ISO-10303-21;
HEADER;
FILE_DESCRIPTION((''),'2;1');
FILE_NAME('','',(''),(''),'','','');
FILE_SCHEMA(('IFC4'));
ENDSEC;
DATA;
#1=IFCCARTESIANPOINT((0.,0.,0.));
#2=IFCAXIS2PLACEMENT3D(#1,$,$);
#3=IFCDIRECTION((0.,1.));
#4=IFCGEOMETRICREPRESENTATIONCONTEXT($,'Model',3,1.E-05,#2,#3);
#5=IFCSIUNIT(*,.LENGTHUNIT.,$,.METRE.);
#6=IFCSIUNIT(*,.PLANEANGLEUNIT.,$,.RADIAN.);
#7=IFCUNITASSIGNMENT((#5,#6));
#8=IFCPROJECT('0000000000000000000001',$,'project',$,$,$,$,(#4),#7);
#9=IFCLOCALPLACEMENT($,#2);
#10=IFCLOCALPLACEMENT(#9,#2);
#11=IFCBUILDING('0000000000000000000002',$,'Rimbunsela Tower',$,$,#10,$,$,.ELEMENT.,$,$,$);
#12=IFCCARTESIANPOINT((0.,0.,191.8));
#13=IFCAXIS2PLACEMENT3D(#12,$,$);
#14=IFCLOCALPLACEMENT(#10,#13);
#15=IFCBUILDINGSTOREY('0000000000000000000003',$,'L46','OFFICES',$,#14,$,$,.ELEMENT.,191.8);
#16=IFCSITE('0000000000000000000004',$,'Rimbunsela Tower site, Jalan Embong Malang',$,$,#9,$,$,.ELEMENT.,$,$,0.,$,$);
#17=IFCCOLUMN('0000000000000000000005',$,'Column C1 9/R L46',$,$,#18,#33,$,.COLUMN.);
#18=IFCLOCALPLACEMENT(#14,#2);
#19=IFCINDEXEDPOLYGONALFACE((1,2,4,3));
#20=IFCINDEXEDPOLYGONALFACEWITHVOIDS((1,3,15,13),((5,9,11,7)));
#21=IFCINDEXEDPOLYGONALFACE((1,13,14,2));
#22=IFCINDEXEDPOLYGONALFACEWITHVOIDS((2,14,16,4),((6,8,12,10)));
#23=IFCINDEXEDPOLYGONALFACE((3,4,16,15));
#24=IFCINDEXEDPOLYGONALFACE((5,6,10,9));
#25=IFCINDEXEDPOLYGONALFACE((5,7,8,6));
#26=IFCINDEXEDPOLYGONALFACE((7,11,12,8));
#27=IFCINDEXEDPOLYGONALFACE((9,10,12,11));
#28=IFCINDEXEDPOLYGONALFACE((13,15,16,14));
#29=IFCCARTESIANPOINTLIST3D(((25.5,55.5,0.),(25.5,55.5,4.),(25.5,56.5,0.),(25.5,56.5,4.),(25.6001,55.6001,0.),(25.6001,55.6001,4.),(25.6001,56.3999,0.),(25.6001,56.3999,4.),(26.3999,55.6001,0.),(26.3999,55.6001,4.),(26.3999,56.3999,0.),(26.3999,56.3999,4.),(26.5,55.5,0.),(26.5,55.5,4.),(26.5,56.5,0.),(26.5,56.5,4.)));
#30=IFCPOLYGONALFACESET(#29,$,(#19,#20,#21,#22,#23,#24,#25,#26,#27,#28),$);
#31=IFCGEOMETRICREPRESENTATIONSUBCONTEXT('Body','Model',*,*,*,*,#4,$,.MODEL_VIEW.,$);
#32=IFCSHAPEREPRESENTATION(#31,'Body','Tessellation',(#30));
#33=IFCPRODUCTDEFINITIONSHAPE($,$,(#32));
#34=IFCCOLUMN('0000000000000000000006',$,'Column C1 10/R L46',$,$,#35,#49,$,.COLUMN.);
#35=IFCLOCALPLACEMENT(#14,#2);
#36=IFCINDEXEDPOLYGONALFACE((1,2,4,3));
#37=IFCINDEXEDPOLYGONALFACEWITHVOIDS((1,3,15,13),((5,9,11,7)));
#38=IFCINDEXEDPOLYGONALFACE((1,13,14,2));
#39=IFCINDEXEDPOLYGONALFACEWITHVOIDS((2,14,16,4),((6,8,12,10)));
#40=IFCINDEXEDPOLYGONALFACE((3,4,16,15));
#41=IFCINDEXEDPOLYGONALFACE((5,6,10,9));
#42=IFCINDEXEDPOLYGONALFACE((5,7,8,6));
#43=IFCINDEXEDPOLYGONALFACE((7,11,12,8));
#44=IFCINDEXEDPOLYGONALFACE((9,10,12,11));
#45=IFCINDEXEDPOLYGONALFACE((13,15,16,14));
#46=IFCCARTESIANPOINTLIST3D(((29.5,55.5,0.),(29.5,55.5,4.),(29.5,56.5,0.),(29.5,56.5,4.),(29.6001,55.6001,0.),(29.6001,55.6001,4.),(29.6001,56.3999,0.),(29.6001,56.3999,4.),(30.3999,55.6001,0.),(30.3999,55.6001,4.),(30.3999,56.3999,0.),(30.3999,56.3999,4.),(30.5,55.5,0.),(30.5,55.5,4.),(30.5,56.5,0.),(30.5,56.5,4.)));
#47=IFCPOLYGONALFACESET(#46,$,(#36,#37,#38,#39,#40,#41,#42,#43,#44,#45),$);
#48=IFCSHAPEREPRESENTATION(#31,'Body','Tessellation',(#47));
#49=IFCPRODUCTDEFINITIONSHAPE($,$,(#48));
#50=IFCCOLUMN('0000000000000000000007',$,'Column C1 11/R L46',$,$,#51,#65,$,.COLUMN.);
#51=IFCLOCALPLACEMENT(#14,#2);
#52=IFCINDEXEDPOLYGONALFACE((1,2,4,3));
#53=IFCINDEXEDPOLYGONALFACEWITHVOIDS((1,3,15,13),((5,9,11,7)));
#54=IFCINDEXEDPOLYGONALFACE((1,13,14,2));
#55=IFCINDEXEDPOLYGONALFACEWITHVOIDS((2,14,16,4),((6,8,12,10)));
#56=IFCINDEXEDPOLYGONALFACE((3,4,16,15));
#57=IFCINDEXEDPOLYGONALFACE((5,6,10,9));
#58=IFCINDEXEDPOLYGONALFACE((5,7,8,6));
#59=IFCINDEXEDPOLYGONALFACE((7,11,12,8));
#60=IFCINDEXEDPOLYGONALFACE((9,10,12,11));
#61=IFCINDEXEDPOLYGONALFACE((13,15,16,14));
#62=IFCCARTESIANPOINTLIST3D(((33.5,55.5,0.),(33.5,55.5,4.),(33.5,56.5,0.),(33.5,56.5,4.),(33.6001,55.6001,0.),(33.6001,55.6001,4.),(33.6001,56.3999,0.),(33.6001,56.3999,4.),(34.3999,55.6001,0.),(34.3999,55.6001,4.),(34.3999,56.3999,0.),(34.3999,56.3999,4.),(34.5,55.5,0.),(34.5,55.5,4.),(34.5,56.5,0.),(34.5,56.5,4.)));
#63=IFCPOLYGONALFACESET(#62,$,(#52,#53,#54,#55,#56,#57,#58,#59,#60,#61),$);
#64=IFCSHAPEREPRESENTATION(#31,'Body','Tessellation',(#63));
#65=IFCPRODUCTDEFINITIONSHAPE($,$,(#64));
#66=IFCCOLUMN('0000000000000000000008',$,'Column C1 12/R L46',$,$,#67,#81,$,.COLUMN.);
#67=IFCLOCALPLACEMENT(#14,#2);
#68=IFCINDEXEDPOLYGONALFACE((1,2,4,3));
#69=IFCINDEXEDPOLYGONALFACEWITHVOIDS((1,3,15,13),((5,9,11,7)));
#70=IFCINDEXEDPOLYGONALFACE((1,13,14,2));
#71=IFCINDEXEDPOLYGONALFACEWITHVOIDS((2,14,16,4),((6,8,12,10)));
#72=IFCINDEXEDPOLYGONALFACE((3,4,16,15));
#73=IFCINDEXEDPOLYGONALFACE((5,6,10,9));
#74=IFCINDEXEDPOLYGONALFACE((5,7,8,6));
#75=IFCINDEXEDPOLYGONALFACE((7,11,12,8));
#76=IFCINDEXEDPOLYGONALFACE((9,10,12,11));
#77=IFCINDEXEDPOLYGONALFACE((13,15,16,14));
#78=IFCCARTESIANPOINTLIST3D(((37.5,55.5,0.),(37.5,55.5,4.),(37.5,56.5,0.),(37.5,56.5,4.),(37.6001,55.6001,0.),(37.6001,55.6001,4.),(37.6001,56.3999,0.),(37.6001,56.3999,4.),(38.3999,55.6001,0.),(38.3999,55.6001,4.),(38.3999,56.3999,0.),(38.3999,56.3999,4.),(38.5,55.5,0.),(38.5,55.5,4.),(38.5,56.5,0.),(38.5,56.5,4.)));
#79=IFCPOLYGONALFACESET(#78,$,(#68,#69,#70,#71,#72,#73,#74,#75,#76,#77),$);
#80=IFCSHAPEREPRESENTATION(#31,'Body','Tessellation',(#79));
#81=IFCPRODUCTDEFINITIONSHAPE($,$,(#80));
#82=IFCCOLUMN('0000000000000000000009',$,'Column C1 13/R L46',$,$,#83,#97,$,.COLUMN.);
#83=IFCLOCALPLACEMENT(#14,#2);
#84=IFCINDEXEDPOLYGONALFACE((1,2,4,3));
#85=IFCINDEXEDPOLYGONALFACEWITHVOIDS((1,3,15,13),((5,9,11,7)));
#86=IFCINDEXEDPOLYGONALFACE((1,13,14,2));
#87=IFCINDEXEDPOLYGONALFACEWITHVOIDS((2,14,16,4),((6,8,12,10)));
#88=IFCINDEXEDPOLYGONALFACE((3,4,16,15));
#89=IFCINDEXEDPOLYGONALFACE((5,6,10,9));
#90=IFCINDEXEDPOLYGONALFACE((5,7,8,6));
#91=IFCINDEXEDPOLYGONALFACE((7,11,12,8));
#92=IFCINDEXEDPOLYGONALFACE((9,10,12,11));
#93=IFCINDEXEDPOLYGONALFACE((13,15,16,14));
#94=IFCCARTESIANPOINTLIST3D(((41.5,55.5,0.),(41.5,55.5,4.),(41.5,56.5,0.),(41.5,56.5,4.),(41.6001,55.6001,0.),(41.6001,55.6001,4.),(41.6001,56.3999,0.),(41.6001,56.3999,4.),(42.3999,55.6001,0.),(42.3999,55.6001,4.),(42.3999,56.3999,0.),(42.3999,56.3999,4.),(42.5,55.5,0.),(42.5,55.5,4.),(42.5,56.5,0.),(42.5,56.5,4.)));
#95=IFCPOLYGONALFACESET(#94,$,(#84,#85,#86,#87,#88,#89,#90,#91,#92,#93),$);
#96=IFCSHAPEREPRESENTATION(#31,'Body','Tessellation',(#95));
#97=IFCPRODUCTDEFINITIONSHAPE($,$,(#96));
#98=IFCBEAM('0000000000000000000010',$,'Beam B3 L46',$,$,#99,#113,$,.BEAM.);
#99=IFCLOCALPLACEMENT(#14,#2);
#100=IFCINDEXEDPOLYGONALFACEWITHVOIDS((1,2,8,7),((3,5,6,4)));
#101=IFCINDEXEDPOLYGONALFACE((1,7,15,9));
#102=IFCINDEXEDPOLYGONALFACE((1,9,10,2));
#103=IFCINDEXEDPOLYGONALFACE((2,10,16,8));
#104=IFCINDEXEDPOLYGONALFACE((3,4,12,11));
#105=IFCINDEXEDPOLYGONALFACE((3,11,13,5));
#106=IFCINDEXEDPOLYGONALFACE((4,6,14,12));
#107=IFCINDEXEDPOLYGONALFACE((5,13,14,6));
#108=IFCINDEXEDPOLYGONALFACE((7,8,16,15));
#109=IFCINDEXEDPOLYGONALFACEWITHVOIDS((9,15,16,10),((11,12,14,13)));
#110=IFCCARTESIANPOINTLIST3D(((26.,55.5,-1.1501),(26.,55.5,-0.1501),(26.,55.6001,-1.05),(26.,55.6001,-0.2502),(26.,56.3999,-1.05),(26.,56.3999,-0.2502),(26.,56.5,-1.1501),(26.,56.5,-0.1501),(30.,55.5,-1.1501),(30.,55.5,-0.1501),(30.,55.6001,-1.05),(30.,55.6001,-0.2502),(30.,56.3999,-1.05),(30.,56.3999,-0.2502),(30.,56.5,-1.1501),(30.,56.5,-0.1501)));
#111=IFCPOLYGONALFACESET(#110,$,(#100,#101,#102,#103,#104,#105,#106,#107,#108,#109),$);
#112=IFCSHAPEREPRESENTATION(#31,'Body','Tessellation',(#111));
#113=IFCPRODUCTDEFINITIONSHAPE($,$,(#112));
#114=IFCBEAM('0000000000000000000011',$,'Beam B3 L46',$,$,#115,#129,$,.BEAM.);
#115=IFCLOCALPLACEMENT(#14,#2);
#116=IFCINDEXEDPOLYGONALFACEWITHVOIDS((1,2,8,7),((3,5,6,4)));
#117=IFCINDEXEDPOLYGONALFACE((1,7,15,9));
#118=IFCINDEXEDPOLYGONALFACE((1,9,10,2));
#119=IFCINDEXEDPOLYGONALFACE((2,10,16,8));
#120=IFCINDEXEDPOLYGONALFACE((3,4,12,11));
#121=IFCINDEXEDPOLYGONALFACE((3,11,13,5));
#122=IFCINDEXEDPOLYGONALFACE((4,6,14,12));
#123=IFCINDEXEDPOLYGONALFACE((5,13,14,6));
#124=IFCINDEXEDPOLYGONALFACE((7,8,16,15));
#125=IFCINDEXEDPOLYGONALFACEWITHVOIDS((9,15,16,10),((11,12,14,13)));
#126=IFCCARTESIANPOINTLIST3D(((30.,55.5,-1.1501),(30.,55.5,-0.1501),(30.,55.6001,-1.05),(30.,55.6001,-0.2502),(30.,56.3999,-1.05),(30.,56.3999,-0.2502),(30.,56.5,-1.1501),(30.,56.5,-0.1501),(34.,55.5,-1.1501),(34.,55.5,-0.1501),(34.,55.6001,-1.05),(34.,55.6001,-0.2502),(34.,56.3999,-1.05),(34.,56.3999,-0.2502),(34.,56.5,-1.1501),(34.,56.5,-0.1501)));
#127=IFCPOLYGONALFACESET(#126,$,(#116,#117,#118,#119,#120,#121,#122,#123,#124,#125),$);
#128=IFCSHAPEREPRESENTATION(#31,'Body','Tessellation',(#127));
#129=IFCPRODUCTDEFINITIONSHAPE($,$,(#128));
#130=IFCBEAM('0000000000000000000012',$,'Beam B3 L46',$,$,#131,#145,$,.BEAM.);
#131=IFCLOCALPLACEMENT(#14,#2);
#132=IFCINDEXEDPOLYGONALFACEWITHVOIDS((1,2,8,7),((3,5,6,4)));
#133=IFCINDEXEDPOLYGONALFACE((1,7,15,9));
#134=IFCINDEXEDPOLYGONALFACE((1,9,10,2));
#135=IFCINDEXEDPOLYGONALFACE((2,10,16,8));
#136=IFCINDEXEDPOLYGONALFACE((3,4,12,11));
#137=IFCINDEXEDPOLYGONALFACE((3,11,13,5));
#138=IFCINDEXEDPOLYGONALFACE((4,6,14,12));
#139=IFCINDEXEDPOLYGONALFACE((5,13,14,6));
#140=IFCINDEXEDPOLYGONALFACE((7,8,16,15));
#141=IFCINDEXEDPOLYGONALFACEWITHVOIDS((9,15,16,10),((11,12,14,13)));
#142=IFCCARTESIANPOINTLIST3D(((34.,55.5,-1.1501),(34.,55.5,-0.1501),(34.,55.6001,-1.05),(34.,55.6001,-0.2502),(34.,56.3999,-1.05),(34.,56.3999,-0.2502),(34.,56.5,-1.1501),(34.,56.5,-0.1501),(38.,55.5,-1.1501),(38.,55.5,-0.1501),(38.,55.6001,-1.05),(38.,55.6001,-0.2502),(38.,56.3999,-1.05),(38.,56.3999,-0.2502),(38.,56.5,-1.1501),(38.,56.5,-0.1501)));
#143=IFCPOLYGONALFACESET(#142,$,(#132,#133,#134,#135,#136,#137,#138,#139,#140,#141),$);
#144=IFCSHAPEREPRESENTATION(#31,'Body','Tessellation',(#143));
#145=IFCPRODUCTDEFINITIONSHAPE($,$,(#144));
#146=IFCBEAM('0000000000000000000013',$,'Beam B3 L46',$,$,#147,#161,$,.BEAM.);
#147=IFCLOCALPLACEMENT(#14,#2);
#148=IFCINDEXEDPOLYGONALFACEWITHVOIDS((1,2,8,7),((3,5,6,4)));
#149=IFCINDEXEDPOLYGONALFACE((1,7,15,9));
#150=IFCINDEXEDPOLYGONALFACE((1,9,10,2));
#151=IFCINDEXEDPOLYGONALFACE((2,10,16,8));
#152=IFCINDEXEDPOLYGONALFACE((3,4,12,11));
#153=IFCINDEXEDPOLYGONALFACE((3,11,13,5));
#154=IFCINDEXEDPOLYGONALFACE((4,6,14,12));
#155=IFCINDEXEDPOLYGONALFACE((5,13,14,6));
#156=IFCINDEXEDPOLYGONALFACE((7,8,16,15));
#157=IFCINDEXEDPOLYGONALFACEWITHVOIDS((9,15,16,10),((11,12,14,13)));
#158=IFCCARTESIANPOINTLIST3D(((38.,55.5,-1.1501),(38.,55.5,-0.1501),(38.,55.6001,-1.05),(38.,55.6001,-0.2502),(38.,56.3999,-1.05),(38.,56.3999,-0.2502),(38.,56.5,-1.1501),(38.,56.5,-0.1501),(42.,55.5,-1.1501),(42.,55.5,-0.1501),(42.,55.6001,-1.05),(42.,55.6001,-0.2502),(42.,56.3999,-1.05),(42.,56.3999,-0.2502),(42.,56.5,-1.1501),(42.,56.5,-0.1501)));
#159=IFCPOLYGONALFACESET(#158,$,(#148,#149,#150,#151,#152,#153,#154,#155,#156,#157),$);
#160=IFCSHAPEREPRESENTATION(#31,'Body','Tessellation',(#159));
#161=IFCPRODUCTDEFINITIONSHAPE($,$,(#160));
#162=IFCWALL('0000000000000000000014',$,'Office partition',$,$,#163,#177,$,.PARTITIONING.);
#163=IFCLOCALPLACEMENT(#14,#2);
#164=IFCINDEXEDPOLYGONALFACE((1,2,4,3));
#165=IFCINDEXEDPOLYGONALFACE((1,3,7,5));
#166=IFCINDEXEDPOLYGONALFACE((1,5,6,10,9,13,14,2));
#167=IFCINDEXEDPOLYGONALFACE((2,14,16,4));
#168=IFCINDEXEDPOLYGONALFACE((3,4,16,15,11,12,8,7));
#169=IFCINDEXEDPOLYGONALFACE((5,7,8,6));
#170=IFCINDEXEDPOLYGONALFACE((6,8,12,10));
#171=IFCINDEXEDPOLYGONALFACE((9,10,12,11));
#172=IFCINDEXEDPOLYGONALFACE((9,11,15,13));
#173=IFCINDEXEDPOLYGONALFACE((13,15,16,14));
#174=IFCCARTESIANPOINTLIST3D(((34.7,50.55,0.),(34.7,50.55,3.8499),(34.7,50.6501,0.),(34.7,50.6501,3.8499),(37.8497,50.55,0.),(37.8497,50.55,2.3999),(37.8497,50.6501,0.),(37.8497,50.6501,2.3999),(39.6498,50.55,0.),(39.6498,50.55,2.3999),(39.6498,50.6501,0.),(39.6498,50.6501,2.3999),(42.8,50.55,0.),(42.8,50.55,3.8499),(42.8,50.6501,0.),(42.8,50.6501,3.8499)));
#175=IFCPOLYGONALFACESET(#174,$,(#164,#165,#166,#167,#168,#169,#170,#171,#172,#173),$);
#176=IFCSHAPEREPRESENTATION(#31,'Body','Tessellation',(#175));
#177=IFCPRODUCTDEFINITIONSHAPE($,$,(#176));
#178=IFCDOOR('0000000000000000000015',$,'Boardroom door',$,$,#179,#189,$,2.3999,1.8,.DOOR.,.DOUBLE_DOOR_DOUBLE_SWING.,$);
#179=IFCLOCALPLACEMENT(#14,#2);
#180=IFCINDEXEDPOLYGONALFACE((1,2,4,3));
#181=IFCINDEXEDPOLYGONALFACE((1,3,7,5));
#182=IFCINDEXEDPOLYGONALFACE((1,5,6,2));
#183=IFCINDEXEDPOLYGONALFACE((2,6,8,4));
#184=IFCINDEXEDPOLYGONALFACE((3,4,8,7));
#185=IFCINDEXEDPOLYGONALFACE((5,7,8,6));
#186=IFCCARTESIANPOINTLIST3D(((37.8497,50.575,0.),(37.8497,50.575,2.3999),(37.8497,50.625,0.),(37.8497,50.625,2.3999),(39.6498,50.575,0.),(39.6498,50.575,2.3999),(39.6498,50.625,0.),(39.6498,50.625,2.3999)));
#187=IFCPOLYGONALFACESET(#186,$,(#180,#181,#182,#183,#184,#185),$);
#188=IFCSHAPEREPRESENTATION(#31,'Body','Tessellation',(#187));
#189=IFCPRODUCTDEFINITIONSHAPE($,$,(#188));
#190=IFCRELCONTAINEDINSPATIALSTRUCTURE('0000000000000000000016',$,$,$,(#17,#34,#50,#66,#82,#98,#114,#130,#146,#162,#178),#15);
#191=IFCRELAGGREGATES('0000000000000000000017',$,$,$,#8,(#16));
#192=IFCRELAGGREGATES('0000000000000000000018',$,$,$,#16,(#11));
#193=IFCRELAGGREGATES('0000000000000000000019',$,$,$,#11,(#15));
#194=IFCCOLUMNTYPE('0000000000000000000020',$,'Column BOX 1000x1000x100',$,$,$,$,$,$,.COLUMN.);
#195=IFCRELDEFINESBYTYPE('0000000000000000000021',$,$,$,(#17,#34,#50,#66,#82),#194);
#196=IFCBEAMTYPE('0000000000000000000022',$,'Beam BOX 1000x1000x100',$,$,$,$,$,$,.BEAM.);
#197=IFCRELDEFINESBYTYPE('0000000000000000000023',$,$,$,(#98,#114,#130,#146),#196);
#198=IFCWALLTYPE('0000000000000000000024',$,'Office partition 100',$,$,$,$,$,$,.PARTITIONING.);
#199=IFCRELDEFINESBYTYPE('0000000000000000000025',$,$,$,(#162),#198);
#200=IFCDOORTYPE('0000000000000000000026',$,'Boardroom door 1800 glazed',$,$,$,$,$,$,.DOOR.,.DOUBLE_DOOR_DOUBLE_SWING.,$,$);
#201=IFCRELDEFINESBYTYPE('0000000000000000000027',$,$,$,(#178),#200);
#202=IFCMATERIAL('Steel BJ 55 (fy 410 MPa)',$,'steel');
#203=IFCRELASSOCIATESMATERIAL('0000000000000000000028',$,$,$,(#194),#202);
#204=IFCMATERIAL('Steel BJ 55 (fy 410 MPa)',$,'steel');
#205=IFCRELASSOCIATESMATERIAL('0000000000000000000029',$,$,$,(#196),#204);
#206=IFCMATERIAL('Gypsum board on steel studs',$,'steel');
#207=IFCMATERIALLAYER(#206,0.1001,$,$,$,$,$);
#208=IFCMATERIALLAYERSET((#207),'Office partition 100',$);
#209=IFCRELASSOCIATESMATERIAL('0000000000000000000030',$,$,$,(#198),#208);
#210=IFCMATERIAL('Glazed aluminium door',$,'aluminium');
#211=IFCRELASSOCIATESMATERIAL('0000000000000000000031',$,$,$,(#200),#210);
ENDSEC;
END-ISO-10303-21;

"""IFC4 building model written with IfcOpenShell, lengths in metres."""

from ifc_helpers import new_model, si_unit, direction, frame, frame_2d, origin, origin_2d, place, context, subcontext, project, spatial, rectangle, hollow_rectangle, extrude, material, layer, layer_set, material_profile, profile_set, type_object, element, fill, save


model = new_model("IFC4")

# Units and contexts
model_context = context("Model", 3, precision=1e-05, world=origin(), true_north=direction((0.0, 1.0)))
body_context = subcontext(model_context, "Body", "Model", "MODEL_VIEW")
ifc_project = project(units=[si_unit("LENGTHUNIT", "METRE"), si_unit("PLANEANGLEUNIT", "RADIAN")], contexts=[model_context])

# Site, building, storey
site_placement = place(None, origin())
site = spatial("IfcSite", under=ifc_project, at=site_placement, Name="Rimbunsela Tower site, Jalan Embong Malang", CompositionType="ELEMENT", RefElevation=0.0)
building_placement = place(site_placement, origin())
building = spatial("IfcBuilding", under=site, at=building_placement, Name="Rimbunsela Tower", CompositionType="ELEMENT")
storey_placement = place(building_placement, frame((0.0, 0.0, 191.8)))
storey = spatial("IfcBuildingStorey", under=building, at=storey_placement, Name="L46", Description="OFFICES", CompositionType="ELEMENT", Elevation=191.8)

# Columns
ifc_material_1 = material(Name="Steel BJ 55 (fy 410 MPa)", Category="steel")
ifc_material_profile_1 = material_profile(ifc_material_1, hollow_rectangle(XDim=1.0, YDim=1.0, WallThickness=0.1001, at=origin_2d()), Name="BOX 1000x1000x100")
ifc_profile_set_1 = profile_set([ifc_material_profile_1], Name="Steel BJ 55 (fy 410 MPa)")
column_type = type_object("IfcColumnType", Name="Column BOX 1000x1000x100", PredefinedType="COLUMN", material=ifc_profile_set_1)
for number, where, z_axis, x_axis, name in (
    (1, (26.0, 56.0, 0.0), (0.0, 0.0, 1.0), (1.0, 0.0, 0.0), "Column C1 9/R L46"),
    (2, (30.0, 56.0, 0.0), (0.0, 0.0, 1.0), (1.0, 0.0, 0.0), "Column C1 10/R L46"),
    (3, (34.0, 56.0, 0.0), (0.0, 0.0, 1.0), (1.0, 0.0, 0.0), "Column C1 11/R L46"),
    (4, (38.0, 56.0, 0.0), (0.0, 0.0, 1.0), (1.0, 0.0, 0.0), "Column C1 12/R L46"),
    (5, (42.0, 56.0, 0.0), (0.0, 0.0, 1.0), (1.0, 0.0, 0.0), "Column C1 13/R L46"),
):
    element("IfcColumn", number, at=place(storey_placement, frame(where, z_axis=z_axis, x_axis=x_axis)), inside=storey, type_object=column_type, Name=name, PredefinedType="COLUMN", context=body_context, shape_type="SweptSolid", body=[
        extrude(hollow_rectangle(XDim=1.0, YDim=1.0, WallThickness=0.1001, at=origin_2d()), origin(), (0.0, 0.0, 1.0), 4.0),
    ])

# Beams
ifc_material_2 = material(Name="Steel BJ 55 (fy 410 MPa)", Category="steel")
ifc_material_profile_2 = material_profile(ifc_material_2, hollow_rectangle(XDim=1.0, YDim=1.0, WallThickness=0.1001, at=origin_2d()), Name="BOX 1000x1000x100")
ifc_profile_set_2 = profile_set([ifc_material_profile_2], Name="Steel BJ 55 (fy 410 MPa)")
beam_type = type_object("IfcBeamType", Name="Beam BOX 1000x1000x100", PredefinedType="BEAM", material=ifc_profile_set_2)
for number, where, z_axis, x_axis, name in (
    (6, (26.0, 56.0, -0.6501), (1.0, 0.0, 0.0), (0.0, 1.0, 0.0), "Beam B3 L46"),
    (7, (30.0, 56.0, -0.6501), (1.0, 0.0, 0.0), (0.0, 1.0, 0.0), "Beam B3 L46"),
    (8, (34.0, 56.0, -0.6501), (1.0, 0.0, 0.0), (0.0, 1.0, 0.0), "Beam B3 L46"),
    (9, (38.0, 56.0, -0.6501), (1.0, 0.0, 0.0), (0.0, 1.0, 0.0), "Beam B3 L46"),
):
    element("IfcBeam", number, at=place(storey_placement, frame(where, z_axis=z_axis, x_axis=x_axis)), inside=storey, type_object=beam_type, Name=name, PredefinedType="BEAM", context=body_context, shape_type="SweptSolid", body=[
        extrude(hollow_rectangle(XDim=1.0, YDim=1.0, WallThickness=0.1001, at=origin_2d()), origin(), (0.0, 0.0, 1.0), 4.0),
    ])

# Wall, opening, door
ifc_material_3 = material(Name="Gypsum board on steel studs", Category="steel")
ifc_layer_1 = layer(ifc_material_3, 0.1001)
ifc_layer_set_1 = layer_set([ifc_layer_1], Name="Office partition 100")
wall_type_1 = type_object("IfcWallType", Name="Office partition 100", PredefinedType="PARTITIONING", material=ifc_layer_set_1)
wall_1_placement = place(storey_placement, frame((34.7, 50.6001, 0.0), z_axis=(0.0, 0.0, 1.0), x_axis=(1.0, 0.0, 0.0)))
wall_1 = element("IfcWall", 10, at=wall_1_placement, inside=storey, type_object=wall_type_1, Name="Office partition", PredefinedType="PARTITIONING", context=body_context, shape_type="SweptSolid", body=[
    extrude(rectangle(XDim=8.1001, YDim=0.1001, at=frame_2d((4.05, 0.0))), origin(), (0.0, 0.0, 1.0), 3.8499),
])
opening_1_placement = place(wall_1_placement, frame((3.1499, 0.0, 0.0)))
opening_1 = element("IfcOpeningElement", 11, at=opening_1_placement, cuts=wall_1, PredefinedType="OPENING", context=body_context, shape_type="SweptSolid", body=[
    extrude(rectangle(XDim=1.8, YDim=2.3999, at=frame_2d((0.8999, 1.2))), frame((0.0, 0.0601, 0.0), z_axis=(0.0, -1.0, 0.0), x_axis=(1.0, 0.0, 0.0)), (0.0, 0.0, 1.0), 0.1201),
])
ifc_material_4 = material(Name="Glazed aluminium door", Category="aluminium")
door_type_1 = type_object("IfcDoorType", Name="Boardroom door 1800 glazed", OperationType="DOUBLE_DOOR_DOUBLE_SWING", PredefinedType="DOOR", material=ifc_material_4)
door_1_placement = place(opening_1_placement, origin())
door_1 = element("IfcDoor", 12, at=door_1_placement, inside=storey, type_object=door_type_1, Name="Boardroom door", OperationType="DOUBLE_DOOR_DOUBLE_SWING", OverallHeight=2.3999, OverallWidth=1.8, PredefinedType="DOOR", context=body_context, shape_type="SweptSolid", body=[
    extrude(rectangle(XDim=1.8, YDim=2.3999, at=frame_2d((0.8999, 1.2))), frame((0.0, 0.0249, 0.0), z_axis=(0.0, -1.0, 0.0), x_axis=(1.0, 0.0, 0.0)), (0.0, 0.0, 1.0), 0.05),
])
fill(opening_1, door_1)

save(model, "model.ifc")
